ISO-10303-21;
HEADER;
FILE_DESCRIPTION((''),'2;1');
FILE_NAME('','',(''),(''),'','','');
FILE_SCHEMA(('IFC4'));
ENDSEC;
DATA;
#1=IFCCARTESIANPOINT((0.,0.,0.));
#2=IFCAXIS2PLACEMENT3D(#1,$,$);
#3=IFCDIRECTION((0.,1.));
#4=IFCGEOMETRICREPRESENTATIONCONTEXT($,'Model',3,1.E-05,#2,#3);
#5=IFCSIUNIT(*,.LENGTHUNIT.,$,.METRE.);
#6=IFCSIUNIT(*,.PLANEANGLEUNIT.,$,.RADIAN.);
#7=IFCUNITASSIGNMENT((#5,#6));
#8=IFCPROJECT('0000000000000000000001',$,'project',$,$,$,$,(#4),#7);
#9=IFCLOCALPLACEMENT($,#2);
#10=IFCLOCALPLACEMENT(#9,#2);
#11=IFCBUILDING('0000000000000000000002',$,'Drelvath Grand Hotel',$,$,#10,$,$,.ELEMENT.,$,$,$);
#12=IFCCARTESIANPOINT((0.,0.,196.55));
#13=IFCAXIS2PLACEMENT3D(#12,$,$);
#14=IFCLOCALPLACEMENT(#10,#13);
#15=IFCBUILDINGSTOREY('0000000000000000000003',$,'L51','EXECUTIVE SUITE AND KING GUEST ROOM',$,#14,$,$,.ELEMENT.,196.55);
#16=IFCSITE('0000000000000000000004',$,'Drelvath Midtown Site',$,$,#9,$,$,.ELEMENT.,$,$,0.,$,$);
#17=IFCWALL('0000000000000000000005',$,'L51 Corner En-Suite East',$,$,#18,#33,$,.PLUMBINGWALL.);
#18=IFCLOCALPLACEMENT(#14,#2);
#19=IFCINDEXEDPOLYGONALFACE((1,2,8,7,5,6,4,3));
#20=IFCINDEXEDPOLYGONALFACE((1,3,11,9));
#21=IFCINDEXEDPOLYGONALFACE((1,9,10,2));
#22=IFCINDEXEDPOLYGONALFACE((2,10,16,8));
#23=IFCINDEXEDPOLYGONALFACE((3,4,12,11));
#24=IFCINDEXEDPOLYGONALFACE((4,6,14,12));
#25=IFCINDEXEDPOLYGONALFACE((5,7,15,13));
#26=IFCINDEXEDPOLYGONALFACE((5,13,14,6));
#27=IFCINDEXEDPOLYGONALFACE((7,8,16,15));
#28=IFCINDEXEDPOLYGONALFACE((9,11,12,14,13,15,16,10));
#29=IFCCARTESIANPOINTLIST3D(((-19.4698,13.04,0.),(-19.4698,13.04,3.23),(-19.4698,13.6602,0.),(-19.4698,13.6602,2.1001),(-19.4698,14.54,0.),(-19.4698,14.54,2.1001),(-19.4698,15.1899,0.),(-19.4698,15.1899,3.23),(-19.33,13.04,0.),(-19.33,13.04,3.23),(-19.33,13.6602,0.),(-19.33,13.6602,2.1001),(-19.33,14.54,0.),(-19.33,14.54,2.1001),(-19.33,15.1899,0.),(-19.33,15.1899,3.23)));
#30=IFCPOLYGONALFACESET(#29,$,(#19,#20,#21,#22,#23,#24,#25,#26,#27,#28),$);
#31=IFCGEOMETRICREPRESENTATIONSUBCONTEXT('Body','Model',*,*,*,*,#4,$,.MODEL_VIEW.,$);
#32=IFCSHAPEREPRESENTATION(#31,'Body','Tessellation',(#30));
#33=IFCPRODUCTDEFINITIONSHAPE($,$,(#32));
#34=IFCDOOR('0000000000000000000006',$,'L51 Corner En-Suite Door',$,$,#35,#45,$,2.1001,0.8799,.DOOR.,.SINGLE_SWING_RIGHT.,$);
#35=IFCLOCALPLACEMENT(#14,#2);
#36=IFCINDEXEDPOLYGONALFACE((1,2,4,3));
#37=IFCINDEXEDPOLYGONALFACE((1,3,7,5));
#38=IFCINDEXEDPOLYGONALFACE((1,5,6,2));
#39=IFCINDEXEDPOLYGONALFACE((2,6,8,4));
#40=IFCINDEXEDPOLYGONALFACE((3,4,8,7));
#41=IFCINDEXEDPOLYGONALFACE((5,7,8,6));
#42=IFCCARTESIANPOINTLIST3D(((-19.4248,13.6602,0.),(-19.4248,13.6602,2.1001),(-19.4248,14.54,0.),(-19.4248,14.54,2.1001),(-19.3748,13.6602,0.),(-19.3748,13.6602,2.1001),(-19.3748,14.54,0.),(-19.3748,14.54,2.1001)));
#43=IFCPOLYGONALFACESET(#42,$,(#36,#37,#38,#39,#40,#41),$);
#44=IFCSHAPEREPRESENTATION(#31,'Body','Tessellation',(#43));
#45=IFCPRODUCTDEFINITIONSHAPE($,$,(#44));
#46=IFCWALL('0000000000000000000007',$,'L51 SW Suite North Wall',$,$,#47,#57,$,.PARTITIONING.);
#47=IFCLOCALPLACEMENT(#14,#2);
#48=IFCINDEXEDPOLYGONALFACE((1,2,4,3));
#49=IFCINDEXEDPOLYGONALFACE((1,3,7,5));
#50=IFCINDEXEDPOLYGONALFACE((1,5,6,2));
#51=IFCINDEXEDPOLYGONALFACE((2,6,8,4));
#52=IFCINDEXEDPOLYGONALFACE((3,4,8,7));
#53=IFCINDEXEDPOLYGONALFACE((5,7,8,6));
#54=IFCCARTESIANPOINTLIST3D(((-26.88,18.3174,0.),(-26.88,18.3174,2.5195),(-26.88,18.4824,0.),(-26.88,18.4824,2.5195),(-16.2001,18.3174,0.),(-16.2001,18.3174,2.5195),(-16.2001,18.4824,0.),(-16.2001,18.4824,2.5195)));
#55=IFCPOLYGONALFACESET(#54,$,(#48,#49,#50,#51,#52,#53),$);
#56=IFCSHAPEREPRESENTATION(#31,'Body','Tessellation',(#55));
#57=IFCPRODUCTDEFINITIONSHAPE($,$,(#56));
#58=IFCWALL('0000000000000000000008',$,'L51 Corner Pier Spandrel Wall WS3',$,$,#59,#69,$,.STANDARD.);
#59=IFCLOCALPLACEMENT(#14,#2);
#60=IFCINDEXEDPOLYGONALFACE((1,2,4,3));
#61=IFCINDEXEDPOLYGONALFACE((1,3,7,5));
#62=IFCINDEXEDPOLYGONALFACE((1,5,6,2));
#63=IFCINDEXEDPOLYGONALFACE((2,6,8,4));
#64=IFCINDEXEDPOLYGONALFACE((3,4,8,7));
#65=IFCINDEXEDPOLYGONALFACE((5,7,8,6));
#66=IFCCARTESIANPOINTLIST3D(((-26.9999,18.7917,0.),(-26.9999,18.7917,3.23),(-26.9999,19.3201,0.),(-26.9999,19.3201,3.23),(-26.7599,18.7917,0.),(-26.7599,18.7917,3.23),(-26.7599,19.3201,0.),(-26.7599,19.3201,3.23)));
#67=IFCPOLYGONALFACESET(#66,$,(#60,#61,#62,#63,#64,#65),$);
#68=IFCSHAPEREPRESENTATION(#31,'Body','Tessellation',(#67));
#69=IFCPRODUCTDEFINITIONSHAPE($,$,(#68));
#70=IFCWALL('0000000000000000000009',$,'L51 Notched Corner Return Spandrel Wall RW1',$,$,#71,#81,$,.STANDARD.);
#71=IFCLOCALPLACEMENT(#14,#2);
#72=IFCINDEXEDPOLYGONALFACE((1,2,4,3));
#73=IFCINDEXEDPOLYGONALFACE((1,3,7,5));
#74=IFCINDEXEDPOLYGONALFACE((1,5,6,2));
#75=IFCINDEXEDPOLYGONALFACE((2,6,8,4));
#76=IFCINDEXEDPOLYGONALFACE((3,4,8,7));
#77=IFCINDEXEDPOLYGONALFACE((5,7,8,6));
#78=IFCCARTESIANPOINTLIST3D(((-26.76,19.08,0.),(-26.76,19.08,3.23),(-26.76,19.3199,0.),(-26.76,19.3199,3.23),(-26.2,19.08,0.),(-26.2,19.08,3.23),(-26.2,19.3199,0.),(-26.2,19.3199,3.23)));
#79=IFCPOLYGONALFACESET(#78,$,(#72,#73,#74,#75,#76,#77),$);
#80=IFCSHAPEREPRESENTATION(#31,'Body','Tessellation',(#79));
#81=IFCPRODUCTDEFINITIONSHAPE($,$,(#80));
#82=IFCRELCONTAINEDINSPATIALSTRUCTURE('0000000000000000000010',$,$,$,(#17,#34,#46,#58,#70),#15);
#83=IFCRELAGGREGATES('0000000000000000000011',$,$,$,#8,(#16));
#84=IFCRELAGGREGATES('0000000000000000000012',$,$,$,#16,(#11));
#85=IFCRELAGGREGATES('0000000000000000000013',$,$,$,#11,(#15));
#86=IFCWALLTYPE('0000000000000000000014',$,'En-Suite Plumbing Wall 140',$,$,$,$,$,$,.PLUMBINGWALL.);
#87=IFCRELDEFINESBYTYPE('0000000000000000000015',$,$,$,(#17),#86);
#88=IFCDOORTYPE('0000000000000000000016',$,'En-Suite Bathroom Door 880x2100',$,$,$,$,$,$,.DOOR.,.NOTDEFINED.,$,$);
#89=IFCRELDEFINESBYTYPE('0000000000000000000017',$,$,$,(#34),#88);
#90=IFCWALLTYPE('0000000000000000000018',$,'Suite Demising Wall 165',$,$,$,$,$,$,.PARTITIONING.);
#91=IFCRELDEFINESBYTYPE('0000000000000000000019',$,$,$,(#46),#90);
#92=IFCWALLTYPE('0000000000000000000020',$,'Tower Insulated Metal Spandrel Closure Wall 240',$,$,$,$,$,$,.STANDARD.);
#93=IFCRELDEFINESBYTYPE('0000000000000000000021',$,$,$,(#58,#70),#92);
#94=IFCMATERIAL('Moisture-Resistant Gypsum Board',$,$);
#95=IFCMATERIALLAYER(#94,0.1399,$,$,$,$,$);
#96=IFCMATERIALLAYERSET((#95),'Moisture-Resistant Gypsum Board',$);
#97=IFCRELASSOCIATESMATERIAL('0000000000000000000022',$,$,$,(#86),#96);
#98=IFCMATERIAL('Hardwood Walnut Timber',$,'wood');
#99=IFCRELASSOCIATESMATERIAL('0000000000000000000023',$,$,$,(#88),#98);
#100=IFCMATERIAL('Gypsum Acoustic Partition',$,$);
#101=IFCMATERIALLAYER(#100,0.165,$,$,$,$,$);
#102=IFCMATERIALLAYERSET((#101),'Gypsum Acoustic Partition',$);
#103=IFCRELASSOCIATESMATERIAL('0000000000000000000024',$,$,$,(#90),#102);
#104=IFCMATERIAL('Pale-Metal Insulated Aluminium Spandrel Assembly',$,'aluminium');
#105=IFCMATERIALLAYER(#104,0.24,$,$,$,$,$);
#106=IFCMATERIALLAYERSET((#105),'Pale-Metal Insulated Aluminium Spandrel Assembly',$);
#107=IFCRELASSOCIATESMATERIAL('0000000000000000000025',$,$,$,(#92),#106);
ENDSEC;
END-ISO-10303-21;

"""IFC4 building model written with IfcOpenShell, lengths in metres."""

from ifc_helpers import new_model, si_unit, direction, frame, frame_2d, origin, place, context, subcontext, project, spatial, rectangle, extrude, material, layer, layer_set, type_object, element, fill, save


model = new_model("IFC4")

# Units and contexts
model_context = context("Model", 3, precision=1e-05, world=origin(), true_north=direction((0.0, 1.0)))
body_context = subcontext(model_context, "Body", "Model", "MODEL_VIEW")
ifc_project = project(units=[si_unit("LENGTHUNIT", "METRE"), si_unit("PLANEANGLEUNIT", "RADIAN")], contexts=[model_context])

# Site, building, storey
site_placement = place(None, origin())
site = spatial("IfcSite", under=ifc_project, at=site_placement, Name="Drelvath Midtown Site", CompositionType="ELEMENT", RefElevation=0.0)
building_placement = place(site_placement, origin())
building = spatial("IfcBuilding", under=site, at=building_placement, Name="Drelvath Grand Hotel", CompositionType="ELEMENT")
storey_placement = place(building_placement, frame((0.0, 0.0, 196.55)))
storey = spatial("IfcBuildingStorey", under=building, at=storey_placement, Name="L51", Description="EXECUTIVE SUITE AND KING GUEST ROOM", CompositionType="ELEMENT", Elevation=196.55)

# Shared definitions
ifc_material_1 = material(Name="Hardwood Walnut Timber", Category="wood")

# Shared definitions
ifc_material_2 = material(Name="Moisture-Resistant Gypsum Board")
ifc_layer_1 = layer(ifc_material_2, 0.1399)
ifc_layer_set_1 = layer_set([ifc_layer_1], Name="Moisture-Resistant Gypsum Board")
wall_type_1 = type_object("IfcWallType", Name="En-Suite Plumbing Wall 140", PredefinedType="PLUMBINGWALL", material=ifc_layer_set_1)

# Wall, opening, door
wall_1_placement = place(storey_placement, frame((-19.3999, 13.04, 0.0), z_axis=(0.0, 0.0, 1.0), x_axis=(0.0, 1.0, 0.0)))
wall_1 = element("IfcWall", 1, at=wall_1_placement, inside=storey, type_object=wall_type_1, Name="L51 Corner En-Suite East", PredefinedType="PLUMBINGWALL", context=body_context, shape_type="SweptSolid", body=[
    extrude(rectangle(XDim=2.1499, YDim=0.1399, at=frame_2d((1.075, 0.0))), origin(), (0.0, 0.0, 1.0), 3.23),
])
opening_1_placement = place(wall_1_placement, frame((0.6201, 0.0, 0.0)))
opening_1 = element("IfcOpeningElement", 2, at=opening_1_placement, cuts=wall_1, PredefinedType="OPENING", context=body_context, shape_type="SweptSolid", body=[
    extrude(rectangle(XDim=0.8799, YDim=2.1001, at=frame_2d((0.4399, 1.05))), frame((0.0, 0.0798, 0.0), z_axis=(0.0, -1.0, 0.0), x_axis=(1.0, 0.0, 0.0)), (0.0, 0.0, 1.0), 0.1599),
])
door_type_1 = type_object("IfcDoorType", Name="En-Suite Bathroom Door 880x2100", OperationType="NOTDEFINED", PredefinedType="DOOR", material=ifc_material_1)
door_1_placement = place(opening_1_placement, origin())
door_1 = element("IfcDoor", 3, at=door_1_placement, inside=storey, type_object=door_type_1, Name="L51 Corner En-Suite Door", OperationType="SINGLE_SWING_RIGHT", OverallHeight=2.1001, OverallWidth=0.8799, PredefinedType="DOOR", context=body_context, shape_type="SweptSolid", body=[
    extrude(rectangle(XDim=0.8799, YDim=2.1001, at=frame_2d((0.4399, 1.05))), frame((0.0, 0.0249, 0.0), z_axis=(0.0, -1.0, 0.0), x_axis=(1.0, 0.0, 0.0)), (0.0, 0.0, 1.0), 0.05),
])
fill(opening_1, door_1)

# Walls
ifc_material_3 = material(Name="Gypsum Acoustic Partition")
ifc_layer_2 = layer(ifc_material_3, 0.165)
ifc_layer_set_2 = layer_set([ifc_layer_2], Name="Gypsum Acoustic Partition")
wall_type_2 = type_object("IfcWallType", Name="Suite Demising Wall 165", PredefinedType="PARTITIONING", material=ifc_layer_set_2)
wall_2_placement = place(storey_placement, frame((-26.8799, 18.3999, 0.0), z_axis=(0.0, 0.0, 1.0), x_axis=(1.0, 0.0, 0.0)))
element("IfcWall", 4, at=wall_2_placement, inside=storey, type_object=wall_type_2, Name="L51 SW Suite North Wall", PredefinedType="PARTITIONING", context=body_context, shape_type="SweptSolid", body=[
    extrude(rectangle(XDim=10.6799, YDim=0.165, at=frame_2d((5.3398, 0.0))), origin(), (0.0, 0.0, 1.0), 2.5195),
])
ifc_material_4 = material(Name="Pale-Metal Insulated Aluminium Spandrel Assembly", Category="aluminium")
ifc_layer_3 = layer(ifc_material_4, 0.24)
ifc_layer_set_3 = layer_set([ifc_layer_3], Name="Pale-Metal Insulated Aluminium Spandrel Assembly")
wall_type_3 = type_object("IfcWallType", Name="Tower Insulated Metal Spandrel Closure Wall 240", PredefinedType="STANDARD", material=ifc_layer_set_3)
wall_3_placement = place(storey_placement, frame((-26.8799, 18.7917, 0.0), z_axis=(0.0, 0.0, 1.0), x_axis=(0.0, 1.0, 0.0)))
element("IfcWall", 5, at=wall_3_placement, inside=storey, type_object=wall_type_3, Name="L51 Corner Pier Spandrel Wall WS3", PredefinedType="STANDARD", context=body_context, shape_type="SweptSolid", body=[
    extrude(rectangle(XDim=0.5283, YDim=0.24, at=frame_2d((0.2642, 0.0))), origin(), (0.0, 0.0, 1.0), 3.23),
])
wall_4_placement = place(storey_placement, frame((-26.76, 19.2, 0.0), z_axis=(0.0, 0.0, 1.0), x_axis=(1.0, 0.0, 0.0)))
element("IfcWall", 6, at=wall_4_placement, inside=storey, type_object=wall_type_3, Name="L51 Notched Corner Return Spandrel Wall RW1", PredefinedType="STANDARD", context=body_context, shape_type="SweptSolid", body=[
    extrude(rectangle(XDim=0.5601, YDim=0.24, at=frame_2d((0.28, 0.0))), origin(), (0.0, 0.0, 1.0), 3.23),
])

save(model, "model.ifc")
